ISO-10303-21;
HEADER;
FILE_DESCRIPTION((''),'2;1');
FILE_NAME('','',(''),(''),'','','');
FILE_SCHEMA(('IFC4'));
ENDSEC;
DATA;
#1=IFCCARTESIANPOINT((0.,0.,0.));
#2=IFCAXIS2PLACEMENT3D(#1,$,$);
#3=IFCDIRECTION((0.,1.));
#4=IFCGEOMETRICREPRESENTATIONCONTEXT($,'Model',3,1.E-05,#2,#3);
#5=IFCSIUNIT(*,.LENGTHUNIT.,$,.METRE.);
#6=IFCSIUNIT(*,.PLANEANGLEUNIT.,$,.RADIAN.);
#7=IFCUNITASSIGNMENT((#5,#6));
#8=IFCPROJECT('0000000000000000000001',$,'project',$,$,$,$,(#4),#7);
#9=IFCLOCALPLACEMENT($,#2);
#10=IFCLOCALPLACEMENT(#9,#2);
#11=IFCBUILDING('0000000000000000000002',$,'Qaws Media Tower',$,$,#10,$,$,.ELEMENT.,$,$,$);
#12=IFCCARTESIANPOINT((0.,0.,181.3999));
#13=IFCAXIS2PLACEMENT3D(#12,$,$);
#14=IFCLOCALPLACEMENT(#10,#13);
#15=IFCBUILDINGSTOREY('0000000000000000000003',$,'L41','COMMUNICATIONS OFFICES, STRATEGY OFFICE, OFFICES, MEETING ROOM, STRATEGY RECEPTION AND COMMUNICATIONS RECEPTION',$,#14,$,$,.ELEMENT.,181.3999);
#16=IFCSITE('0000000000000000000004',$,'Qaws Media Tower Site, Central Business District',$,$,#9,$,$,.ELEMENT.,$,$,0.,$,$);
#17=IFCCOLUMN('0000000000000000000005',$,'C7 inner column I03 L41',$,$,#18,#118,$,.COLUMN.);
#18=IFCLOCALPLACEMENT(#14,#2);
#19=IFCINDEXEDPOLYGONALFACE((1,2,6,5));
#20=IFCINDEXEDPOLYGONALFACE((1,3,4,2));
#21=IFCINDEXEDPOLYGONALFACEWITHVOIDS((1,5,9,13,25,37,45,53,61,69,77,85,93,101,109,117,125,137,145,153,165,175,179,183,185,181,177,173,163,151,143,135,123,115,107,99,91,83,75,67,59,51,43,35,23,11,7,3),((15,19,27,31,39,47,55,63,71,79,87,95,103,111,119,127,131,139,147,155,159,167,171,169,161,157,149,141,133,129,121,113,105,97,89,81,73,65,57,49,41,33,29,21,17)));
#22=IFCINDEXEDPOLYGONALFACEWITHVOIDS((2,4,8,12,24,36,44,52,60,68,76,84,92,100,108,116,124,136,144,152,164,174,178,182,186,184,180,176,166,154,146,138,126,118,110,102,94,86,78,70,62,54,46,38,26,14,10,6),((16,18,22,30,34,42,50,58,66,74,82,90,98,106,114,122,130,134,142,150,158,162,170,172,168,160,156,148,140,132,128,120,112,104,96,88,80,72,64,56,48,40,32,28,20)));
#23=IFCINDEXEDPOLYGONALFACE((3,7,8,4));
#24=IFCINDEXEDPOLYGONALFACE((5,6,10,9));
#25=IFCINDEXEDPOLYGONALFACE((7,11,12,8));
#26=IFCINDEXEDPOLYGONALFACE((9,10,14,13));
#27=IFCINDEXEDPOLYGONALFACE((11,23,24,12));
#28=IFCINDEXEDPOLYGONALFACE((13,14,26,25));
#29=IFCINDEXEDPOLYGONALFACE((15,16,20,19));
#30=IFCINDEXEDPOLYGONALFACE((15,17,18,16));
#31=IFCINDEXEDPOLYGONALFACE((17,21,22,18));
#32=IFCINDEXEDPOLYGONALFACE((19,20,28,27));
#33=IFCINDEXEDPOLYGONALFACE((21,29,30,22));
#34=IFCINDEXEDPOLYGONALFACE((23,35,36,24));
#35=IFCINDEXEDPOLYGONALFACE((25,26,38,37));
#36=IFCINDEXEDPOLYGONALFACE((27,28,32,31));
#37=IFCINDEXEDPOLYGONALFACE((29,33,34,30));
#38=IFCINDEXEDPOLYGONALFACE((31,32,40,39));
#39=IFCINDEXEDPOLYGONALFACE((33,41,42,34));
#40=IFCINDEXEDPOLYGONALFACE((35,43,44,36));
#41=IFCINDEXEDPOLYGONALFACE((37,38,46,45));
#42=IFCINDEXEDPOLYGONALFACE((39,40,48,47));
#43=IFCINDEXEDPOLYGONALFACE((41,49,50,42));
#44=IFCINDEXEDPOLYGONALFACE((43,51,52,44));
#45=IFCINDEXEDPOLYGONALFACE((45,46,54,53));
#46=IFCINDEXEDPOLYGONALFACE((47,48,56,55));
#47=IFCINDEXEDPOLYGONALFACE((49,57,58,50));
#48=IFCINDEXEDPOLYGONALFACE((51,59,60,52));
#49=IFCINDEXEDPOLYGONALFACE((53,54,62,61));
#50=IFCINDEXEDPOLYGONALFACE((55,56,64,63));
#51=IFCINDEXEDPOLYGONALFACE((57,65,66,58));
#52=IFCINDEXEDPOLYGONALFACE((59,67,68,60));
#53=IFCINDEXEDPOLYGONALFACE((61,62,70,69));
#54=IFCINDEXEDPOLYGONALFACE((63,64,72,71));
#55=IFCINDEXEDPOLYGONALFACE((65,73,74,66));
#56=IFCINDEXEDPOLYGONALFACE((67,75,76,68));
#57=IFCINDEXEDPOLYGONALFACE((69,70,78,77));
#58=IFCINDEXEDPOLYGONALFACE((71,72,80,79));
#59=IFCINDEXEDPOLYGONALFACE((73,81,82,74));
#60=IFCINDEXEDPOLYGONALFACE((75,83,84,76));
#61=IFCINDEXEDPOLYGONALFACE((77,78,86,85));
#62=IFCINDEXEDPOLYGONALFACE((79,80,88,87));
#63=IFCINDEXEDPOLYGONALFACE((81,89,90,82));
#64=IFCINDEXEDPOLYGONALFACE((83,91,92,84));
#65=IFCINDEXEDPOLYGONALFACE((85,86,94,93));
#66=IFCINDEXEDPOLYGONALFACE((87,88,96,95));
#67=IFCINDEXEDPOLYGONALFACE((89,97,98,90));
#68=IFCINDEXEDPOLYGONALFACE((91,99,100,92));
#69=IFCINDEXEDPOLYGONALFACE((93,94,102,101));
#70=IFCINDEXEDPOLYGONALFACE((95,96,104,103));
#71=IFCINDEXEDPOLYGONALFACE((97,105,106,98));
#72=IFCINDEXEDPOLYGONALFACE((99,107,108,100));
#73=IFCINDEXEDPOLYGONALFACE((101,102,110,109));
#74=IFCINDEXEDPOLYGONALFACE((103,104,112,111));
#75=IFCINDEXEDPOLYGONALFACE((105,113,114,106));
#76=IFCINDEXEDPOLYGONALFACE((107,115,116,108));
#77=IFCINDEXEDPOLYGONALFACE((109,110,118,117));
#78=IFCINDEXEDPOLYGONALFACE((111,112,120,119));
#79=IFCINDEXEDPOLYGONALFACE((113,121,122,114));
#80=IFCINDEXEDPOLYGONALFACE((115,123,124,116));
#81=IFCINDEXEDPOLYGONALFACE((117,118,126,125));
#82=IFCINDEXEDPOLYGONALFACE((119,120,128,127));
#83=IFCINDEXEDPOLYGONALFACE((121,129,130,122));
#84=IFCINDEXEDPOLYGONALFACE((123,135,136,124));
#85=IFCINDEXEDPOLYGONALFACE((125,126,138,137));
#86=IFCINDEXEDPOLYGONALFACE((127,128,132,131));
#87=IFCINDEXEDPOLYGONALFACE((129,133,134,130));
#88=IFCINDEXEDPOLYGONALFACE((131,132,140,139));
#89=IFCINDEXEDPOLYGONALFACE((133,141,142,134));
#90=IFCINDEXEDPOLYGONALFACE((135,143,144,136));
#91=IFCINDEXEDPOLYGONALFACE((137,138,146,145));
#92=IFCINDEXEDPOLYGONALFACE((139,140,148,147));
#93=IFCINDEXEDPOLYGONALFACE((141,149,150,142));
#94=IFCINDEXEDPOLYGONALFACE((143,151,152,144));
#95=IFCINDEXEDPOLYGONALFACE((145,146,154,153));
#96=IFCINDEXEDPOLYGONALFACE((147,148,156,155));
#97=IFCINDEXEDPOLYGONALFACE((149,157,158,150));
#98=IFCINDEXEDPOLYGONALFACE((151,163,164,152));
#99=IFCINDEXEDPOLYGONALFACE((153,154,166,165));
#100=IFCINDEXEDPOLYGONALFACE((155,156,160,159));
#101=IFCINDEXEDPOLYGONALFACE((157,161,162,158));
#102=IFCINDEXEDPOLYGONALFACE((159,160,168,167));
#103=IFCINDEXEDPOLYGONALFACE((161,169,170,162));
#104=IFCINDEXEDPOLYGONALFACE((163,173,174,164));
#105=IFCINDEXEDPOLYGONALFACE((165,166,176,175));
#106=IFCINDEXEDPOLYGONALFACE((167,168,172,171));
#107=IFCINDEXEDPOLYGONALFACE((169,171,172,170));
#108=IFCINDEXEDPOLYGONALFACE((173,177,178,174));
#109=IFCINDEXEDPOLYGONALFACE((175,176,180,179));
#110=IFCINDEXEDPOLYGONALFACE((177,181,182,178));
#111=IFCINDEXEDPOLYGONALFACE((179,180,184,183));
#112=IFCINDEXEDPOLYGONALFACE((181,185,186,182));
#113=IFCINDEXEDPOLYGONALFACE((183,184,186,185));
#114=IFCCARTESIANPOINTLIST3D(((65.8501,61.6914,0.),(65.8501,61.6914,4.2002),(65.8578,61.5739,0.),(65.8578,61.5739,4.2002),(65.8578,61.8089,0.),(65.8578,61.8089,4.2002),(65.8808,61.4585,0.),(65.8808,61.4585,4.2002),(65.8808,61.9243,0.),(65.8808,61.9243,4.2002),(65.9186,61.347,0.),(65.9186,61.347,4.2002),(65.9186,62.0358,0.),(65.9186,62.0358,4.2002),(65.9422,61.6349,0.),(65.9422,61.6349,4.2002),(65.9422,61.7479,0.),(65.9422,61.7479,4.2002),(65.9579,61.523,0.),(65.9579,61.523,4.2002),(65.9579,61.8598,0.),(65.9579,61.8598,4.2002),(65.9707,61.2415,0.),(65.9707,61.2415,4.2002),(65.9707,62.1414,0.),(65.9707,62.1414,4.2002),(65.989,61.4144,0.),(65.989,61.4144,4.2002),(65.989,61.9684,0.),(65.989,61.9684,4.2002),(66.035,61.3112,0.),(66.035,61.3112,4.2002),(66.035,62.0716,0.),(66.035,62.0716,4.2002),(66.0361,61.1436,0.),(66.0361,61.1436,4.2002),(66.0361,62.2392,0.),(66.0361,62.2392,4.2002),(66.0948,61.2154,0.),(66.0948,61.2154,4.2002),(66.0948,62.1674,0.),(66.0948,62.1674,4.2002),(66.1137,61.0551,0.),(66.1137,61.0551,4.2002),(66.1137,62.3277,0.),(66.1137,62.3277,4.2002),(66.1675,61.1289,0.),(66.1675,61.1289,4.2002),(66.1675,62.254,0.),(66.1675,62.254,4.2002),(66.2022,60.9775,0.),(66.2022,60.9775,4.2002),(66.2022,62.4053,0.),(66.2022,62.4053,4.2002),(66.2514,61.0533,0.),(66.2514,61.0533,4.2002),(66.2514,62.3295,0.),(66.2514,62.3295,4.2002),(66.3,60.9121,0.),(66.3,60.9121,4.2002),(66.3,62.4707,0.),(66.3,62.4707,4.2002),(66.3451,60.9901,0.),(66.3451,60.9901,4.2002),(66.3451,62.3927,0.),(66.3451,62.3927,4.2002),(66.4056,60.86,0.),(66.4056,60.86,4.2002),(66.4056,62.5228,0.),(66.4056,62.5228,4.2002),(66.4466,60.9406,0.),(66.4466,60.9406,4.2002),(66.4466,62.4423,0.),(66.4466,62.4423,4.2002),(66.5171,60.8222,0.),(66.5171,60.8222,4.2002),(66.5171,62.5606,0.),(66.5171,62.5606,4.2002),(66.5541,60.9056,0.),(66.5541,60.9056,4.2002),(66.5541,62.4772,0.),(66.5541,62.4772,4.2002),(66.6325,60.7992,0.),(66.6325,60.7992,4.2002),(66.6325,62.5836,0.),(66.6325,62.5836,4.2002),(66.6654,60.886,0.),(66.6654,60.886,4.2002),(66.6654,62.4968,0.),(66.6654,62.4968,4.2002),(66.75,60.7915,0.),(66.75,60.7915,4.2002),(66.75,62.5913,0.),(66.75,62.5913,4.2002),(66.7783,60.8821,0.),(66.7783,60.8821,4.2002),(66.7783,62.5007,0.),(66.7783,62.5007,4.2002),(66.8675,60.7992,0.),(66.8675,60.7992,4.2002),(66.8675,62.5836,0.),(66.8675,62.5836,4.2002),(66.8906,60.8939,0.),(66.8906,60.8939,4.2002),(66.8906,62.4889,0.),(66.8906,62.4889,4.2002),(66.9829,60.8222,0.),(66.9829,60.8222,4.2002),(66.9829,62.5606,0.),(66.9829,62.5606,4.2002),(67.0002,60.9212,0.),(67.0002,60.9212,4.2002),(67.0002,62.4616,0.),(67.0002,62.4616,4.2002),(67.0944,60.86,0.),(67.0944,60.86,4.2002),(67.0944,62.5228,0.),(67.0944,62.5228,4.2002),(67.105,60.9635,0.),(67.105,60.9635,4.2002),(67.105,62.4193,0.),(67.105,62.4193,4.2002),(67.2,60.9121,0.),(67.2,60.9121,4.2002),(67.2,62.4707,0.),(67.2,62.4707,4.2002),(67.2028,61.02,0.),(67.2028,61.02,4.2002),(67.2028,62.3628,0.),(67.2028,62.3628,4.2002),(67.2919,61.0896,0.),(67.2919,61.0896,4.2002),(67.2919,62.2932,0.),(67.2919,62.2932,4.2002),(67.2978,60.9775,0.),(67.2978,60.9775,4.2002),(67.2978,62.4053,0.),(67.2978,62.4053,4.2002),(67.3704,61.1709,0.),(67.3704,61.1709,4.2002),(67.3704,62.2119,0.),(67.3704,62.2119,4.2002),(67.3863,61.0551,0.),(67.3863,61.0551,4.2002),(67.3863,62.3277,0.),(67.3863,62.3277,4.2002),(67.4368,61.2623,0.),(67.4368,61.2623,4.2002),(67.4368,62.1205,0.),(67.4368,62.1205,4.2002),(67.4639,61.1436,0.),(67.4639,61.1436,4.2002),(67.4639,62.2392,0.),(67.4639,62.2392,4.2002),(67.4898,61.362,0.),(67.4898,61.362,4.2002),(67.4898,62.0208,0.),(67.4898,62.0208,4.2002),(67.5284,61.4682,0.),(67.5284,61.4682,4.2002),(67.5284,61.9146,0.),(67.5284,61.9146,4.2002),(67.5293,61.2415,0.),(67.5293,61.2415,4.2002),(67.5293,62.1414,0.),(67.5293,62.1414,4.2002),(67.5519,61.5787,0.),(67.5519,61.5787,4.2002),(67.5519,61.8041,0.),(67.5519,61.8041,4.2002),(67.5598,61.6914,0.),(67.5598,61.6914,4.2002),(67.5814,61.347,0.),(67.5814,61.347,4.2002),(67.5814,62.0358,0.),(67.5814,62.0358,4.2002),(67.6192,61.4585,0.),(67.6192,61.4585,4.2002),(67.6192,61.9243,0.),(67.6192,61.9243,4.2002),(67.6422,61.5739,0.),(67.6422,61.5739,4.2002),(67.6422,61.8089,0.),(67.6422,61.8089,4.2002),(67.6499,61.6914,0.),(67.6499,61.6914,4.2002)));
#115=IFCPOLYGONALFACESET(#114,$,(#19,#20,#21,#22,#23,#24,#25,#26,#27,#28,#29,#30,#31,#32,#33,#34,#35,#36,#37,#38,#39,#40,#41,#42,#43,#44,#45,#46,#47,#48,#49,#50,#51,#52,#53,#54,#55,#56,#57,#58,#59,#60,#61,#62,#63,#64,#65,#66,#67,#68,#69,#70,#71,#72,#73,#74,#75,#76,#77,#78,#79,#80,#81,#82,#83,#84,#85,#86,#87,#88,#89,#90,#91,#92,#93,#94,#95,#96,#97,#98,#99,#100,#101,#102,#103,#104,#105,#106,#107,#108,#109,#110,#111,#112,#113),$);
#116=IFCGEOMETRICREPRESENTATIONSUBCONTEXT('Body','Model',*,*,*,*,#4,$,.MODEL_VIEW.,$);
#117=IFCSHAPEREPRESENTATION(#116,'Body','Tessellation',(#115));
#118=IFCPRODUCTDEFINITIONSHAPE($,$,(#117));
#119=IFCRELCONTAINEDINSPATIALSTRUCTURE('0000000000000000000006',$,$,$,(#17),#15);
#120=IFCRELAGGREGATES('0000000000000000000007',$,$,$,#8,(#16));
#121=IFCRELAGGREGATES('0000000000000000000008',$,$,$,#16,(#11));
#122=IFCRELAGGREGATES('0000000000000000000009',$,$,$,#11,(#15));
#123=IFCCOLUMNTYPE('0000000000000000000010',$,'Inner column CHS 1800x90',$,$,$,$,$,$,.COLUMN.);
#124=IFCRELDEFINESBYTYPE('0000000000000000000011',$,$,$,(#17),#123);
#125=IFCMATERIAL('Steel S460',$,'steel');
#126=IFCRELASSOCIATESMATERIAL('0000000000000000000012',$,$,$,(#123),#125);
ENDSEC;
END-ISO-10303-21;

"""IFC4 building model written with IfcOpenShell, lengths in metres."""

from ifc_helpers import new_model, si_unit, direction, frame, origin, origin_2d, place, context, subcontext, project, spatial, hollow_circle, extrude, material, material_profile, profile_set, type_object, element, save


model = new_model("IFC4")

# Units and contexts
model_context = context("Model", 3, precision=1e-05, world=origin(), true_north=direction((0.0, 1.0)))
body_context = subcontext(model_context, "Body", "Model", "MODEL_VIEW")
ifc_project = project(units=[si_unit("LENGTHUNIT", "METRE"), si_unit("PLANEANGLEUNIT", "RADIAN")], contexts=[model_context])

# Site, building, storey
site_placement = place(None, origin())
site = spatial("IfcSite", under=ifc_project, at=site_placement, Name="Qaws Media Tower Site, Central Business District", CompositionType="ELEMENT", RefElevation=0.0)
building_placement = place(site_placement, origin())
building = spatial("IfcBuilding", under=site, at=building_placement, Name="Qaws Media Tower", CompositionType="ELEMENT")
storey_placement = place(building_placement, frame((0.0, 0.0, 181.3999)))
storey = spatial("IfcBuildingStorey", under=building, at=storey_placement, Name="L41", Description="COMMUNICATIONS OFFICES, STRATEGY OFFICE, OFFICES, MEETING ROOM, STRATEGY RECEPTION AND COMMUNICATIONS RECEPTION", CompositionType="ELEMENT", Elevation=181.3999)

# Column
ifc_material_1 = material(Name="Steel S460", Category="steel")
ifc_material_profile_1 = material_profile(ifc_material_1, hollow_circle(Radius=0.8999, WallThickness=0.0901, at=origin_2d()), Name="CHS 1800x90")
ifc_profile_set_1 = profile_set([ifc_material_profile_1], Name="Steel S460")
column_type = type_object("IfcColumnType", Name="Inner column CHS 1800x90", PredefinedType="COLUMN", material=ifc_profile_set_1)
for number, where, z_axis, x_axis, name in (
    (1, (66.75, 61.6914, 0.0), (0.0, 0.0, 1.0), (1.0, 0.0, 0.0), "C7 inner column I03 L41"),
):
    element("IfcColumn", number, at=place(storey_placement, frame(where, z_axis=z_axis, x_axis=x_axis)), inside=storey, type_object=column_type, Name=name, PredefinedType="COLUMN", context=body_context, shape_type="SweptSolid", body=[
        extrude(hollow_circle(Radius=0.8999, WallThickness=0.0901, at=origin_2d()), origin(), (0.0, 0.0, 1.0), 4.2002),
    ])

save(model, "model.ifc")
